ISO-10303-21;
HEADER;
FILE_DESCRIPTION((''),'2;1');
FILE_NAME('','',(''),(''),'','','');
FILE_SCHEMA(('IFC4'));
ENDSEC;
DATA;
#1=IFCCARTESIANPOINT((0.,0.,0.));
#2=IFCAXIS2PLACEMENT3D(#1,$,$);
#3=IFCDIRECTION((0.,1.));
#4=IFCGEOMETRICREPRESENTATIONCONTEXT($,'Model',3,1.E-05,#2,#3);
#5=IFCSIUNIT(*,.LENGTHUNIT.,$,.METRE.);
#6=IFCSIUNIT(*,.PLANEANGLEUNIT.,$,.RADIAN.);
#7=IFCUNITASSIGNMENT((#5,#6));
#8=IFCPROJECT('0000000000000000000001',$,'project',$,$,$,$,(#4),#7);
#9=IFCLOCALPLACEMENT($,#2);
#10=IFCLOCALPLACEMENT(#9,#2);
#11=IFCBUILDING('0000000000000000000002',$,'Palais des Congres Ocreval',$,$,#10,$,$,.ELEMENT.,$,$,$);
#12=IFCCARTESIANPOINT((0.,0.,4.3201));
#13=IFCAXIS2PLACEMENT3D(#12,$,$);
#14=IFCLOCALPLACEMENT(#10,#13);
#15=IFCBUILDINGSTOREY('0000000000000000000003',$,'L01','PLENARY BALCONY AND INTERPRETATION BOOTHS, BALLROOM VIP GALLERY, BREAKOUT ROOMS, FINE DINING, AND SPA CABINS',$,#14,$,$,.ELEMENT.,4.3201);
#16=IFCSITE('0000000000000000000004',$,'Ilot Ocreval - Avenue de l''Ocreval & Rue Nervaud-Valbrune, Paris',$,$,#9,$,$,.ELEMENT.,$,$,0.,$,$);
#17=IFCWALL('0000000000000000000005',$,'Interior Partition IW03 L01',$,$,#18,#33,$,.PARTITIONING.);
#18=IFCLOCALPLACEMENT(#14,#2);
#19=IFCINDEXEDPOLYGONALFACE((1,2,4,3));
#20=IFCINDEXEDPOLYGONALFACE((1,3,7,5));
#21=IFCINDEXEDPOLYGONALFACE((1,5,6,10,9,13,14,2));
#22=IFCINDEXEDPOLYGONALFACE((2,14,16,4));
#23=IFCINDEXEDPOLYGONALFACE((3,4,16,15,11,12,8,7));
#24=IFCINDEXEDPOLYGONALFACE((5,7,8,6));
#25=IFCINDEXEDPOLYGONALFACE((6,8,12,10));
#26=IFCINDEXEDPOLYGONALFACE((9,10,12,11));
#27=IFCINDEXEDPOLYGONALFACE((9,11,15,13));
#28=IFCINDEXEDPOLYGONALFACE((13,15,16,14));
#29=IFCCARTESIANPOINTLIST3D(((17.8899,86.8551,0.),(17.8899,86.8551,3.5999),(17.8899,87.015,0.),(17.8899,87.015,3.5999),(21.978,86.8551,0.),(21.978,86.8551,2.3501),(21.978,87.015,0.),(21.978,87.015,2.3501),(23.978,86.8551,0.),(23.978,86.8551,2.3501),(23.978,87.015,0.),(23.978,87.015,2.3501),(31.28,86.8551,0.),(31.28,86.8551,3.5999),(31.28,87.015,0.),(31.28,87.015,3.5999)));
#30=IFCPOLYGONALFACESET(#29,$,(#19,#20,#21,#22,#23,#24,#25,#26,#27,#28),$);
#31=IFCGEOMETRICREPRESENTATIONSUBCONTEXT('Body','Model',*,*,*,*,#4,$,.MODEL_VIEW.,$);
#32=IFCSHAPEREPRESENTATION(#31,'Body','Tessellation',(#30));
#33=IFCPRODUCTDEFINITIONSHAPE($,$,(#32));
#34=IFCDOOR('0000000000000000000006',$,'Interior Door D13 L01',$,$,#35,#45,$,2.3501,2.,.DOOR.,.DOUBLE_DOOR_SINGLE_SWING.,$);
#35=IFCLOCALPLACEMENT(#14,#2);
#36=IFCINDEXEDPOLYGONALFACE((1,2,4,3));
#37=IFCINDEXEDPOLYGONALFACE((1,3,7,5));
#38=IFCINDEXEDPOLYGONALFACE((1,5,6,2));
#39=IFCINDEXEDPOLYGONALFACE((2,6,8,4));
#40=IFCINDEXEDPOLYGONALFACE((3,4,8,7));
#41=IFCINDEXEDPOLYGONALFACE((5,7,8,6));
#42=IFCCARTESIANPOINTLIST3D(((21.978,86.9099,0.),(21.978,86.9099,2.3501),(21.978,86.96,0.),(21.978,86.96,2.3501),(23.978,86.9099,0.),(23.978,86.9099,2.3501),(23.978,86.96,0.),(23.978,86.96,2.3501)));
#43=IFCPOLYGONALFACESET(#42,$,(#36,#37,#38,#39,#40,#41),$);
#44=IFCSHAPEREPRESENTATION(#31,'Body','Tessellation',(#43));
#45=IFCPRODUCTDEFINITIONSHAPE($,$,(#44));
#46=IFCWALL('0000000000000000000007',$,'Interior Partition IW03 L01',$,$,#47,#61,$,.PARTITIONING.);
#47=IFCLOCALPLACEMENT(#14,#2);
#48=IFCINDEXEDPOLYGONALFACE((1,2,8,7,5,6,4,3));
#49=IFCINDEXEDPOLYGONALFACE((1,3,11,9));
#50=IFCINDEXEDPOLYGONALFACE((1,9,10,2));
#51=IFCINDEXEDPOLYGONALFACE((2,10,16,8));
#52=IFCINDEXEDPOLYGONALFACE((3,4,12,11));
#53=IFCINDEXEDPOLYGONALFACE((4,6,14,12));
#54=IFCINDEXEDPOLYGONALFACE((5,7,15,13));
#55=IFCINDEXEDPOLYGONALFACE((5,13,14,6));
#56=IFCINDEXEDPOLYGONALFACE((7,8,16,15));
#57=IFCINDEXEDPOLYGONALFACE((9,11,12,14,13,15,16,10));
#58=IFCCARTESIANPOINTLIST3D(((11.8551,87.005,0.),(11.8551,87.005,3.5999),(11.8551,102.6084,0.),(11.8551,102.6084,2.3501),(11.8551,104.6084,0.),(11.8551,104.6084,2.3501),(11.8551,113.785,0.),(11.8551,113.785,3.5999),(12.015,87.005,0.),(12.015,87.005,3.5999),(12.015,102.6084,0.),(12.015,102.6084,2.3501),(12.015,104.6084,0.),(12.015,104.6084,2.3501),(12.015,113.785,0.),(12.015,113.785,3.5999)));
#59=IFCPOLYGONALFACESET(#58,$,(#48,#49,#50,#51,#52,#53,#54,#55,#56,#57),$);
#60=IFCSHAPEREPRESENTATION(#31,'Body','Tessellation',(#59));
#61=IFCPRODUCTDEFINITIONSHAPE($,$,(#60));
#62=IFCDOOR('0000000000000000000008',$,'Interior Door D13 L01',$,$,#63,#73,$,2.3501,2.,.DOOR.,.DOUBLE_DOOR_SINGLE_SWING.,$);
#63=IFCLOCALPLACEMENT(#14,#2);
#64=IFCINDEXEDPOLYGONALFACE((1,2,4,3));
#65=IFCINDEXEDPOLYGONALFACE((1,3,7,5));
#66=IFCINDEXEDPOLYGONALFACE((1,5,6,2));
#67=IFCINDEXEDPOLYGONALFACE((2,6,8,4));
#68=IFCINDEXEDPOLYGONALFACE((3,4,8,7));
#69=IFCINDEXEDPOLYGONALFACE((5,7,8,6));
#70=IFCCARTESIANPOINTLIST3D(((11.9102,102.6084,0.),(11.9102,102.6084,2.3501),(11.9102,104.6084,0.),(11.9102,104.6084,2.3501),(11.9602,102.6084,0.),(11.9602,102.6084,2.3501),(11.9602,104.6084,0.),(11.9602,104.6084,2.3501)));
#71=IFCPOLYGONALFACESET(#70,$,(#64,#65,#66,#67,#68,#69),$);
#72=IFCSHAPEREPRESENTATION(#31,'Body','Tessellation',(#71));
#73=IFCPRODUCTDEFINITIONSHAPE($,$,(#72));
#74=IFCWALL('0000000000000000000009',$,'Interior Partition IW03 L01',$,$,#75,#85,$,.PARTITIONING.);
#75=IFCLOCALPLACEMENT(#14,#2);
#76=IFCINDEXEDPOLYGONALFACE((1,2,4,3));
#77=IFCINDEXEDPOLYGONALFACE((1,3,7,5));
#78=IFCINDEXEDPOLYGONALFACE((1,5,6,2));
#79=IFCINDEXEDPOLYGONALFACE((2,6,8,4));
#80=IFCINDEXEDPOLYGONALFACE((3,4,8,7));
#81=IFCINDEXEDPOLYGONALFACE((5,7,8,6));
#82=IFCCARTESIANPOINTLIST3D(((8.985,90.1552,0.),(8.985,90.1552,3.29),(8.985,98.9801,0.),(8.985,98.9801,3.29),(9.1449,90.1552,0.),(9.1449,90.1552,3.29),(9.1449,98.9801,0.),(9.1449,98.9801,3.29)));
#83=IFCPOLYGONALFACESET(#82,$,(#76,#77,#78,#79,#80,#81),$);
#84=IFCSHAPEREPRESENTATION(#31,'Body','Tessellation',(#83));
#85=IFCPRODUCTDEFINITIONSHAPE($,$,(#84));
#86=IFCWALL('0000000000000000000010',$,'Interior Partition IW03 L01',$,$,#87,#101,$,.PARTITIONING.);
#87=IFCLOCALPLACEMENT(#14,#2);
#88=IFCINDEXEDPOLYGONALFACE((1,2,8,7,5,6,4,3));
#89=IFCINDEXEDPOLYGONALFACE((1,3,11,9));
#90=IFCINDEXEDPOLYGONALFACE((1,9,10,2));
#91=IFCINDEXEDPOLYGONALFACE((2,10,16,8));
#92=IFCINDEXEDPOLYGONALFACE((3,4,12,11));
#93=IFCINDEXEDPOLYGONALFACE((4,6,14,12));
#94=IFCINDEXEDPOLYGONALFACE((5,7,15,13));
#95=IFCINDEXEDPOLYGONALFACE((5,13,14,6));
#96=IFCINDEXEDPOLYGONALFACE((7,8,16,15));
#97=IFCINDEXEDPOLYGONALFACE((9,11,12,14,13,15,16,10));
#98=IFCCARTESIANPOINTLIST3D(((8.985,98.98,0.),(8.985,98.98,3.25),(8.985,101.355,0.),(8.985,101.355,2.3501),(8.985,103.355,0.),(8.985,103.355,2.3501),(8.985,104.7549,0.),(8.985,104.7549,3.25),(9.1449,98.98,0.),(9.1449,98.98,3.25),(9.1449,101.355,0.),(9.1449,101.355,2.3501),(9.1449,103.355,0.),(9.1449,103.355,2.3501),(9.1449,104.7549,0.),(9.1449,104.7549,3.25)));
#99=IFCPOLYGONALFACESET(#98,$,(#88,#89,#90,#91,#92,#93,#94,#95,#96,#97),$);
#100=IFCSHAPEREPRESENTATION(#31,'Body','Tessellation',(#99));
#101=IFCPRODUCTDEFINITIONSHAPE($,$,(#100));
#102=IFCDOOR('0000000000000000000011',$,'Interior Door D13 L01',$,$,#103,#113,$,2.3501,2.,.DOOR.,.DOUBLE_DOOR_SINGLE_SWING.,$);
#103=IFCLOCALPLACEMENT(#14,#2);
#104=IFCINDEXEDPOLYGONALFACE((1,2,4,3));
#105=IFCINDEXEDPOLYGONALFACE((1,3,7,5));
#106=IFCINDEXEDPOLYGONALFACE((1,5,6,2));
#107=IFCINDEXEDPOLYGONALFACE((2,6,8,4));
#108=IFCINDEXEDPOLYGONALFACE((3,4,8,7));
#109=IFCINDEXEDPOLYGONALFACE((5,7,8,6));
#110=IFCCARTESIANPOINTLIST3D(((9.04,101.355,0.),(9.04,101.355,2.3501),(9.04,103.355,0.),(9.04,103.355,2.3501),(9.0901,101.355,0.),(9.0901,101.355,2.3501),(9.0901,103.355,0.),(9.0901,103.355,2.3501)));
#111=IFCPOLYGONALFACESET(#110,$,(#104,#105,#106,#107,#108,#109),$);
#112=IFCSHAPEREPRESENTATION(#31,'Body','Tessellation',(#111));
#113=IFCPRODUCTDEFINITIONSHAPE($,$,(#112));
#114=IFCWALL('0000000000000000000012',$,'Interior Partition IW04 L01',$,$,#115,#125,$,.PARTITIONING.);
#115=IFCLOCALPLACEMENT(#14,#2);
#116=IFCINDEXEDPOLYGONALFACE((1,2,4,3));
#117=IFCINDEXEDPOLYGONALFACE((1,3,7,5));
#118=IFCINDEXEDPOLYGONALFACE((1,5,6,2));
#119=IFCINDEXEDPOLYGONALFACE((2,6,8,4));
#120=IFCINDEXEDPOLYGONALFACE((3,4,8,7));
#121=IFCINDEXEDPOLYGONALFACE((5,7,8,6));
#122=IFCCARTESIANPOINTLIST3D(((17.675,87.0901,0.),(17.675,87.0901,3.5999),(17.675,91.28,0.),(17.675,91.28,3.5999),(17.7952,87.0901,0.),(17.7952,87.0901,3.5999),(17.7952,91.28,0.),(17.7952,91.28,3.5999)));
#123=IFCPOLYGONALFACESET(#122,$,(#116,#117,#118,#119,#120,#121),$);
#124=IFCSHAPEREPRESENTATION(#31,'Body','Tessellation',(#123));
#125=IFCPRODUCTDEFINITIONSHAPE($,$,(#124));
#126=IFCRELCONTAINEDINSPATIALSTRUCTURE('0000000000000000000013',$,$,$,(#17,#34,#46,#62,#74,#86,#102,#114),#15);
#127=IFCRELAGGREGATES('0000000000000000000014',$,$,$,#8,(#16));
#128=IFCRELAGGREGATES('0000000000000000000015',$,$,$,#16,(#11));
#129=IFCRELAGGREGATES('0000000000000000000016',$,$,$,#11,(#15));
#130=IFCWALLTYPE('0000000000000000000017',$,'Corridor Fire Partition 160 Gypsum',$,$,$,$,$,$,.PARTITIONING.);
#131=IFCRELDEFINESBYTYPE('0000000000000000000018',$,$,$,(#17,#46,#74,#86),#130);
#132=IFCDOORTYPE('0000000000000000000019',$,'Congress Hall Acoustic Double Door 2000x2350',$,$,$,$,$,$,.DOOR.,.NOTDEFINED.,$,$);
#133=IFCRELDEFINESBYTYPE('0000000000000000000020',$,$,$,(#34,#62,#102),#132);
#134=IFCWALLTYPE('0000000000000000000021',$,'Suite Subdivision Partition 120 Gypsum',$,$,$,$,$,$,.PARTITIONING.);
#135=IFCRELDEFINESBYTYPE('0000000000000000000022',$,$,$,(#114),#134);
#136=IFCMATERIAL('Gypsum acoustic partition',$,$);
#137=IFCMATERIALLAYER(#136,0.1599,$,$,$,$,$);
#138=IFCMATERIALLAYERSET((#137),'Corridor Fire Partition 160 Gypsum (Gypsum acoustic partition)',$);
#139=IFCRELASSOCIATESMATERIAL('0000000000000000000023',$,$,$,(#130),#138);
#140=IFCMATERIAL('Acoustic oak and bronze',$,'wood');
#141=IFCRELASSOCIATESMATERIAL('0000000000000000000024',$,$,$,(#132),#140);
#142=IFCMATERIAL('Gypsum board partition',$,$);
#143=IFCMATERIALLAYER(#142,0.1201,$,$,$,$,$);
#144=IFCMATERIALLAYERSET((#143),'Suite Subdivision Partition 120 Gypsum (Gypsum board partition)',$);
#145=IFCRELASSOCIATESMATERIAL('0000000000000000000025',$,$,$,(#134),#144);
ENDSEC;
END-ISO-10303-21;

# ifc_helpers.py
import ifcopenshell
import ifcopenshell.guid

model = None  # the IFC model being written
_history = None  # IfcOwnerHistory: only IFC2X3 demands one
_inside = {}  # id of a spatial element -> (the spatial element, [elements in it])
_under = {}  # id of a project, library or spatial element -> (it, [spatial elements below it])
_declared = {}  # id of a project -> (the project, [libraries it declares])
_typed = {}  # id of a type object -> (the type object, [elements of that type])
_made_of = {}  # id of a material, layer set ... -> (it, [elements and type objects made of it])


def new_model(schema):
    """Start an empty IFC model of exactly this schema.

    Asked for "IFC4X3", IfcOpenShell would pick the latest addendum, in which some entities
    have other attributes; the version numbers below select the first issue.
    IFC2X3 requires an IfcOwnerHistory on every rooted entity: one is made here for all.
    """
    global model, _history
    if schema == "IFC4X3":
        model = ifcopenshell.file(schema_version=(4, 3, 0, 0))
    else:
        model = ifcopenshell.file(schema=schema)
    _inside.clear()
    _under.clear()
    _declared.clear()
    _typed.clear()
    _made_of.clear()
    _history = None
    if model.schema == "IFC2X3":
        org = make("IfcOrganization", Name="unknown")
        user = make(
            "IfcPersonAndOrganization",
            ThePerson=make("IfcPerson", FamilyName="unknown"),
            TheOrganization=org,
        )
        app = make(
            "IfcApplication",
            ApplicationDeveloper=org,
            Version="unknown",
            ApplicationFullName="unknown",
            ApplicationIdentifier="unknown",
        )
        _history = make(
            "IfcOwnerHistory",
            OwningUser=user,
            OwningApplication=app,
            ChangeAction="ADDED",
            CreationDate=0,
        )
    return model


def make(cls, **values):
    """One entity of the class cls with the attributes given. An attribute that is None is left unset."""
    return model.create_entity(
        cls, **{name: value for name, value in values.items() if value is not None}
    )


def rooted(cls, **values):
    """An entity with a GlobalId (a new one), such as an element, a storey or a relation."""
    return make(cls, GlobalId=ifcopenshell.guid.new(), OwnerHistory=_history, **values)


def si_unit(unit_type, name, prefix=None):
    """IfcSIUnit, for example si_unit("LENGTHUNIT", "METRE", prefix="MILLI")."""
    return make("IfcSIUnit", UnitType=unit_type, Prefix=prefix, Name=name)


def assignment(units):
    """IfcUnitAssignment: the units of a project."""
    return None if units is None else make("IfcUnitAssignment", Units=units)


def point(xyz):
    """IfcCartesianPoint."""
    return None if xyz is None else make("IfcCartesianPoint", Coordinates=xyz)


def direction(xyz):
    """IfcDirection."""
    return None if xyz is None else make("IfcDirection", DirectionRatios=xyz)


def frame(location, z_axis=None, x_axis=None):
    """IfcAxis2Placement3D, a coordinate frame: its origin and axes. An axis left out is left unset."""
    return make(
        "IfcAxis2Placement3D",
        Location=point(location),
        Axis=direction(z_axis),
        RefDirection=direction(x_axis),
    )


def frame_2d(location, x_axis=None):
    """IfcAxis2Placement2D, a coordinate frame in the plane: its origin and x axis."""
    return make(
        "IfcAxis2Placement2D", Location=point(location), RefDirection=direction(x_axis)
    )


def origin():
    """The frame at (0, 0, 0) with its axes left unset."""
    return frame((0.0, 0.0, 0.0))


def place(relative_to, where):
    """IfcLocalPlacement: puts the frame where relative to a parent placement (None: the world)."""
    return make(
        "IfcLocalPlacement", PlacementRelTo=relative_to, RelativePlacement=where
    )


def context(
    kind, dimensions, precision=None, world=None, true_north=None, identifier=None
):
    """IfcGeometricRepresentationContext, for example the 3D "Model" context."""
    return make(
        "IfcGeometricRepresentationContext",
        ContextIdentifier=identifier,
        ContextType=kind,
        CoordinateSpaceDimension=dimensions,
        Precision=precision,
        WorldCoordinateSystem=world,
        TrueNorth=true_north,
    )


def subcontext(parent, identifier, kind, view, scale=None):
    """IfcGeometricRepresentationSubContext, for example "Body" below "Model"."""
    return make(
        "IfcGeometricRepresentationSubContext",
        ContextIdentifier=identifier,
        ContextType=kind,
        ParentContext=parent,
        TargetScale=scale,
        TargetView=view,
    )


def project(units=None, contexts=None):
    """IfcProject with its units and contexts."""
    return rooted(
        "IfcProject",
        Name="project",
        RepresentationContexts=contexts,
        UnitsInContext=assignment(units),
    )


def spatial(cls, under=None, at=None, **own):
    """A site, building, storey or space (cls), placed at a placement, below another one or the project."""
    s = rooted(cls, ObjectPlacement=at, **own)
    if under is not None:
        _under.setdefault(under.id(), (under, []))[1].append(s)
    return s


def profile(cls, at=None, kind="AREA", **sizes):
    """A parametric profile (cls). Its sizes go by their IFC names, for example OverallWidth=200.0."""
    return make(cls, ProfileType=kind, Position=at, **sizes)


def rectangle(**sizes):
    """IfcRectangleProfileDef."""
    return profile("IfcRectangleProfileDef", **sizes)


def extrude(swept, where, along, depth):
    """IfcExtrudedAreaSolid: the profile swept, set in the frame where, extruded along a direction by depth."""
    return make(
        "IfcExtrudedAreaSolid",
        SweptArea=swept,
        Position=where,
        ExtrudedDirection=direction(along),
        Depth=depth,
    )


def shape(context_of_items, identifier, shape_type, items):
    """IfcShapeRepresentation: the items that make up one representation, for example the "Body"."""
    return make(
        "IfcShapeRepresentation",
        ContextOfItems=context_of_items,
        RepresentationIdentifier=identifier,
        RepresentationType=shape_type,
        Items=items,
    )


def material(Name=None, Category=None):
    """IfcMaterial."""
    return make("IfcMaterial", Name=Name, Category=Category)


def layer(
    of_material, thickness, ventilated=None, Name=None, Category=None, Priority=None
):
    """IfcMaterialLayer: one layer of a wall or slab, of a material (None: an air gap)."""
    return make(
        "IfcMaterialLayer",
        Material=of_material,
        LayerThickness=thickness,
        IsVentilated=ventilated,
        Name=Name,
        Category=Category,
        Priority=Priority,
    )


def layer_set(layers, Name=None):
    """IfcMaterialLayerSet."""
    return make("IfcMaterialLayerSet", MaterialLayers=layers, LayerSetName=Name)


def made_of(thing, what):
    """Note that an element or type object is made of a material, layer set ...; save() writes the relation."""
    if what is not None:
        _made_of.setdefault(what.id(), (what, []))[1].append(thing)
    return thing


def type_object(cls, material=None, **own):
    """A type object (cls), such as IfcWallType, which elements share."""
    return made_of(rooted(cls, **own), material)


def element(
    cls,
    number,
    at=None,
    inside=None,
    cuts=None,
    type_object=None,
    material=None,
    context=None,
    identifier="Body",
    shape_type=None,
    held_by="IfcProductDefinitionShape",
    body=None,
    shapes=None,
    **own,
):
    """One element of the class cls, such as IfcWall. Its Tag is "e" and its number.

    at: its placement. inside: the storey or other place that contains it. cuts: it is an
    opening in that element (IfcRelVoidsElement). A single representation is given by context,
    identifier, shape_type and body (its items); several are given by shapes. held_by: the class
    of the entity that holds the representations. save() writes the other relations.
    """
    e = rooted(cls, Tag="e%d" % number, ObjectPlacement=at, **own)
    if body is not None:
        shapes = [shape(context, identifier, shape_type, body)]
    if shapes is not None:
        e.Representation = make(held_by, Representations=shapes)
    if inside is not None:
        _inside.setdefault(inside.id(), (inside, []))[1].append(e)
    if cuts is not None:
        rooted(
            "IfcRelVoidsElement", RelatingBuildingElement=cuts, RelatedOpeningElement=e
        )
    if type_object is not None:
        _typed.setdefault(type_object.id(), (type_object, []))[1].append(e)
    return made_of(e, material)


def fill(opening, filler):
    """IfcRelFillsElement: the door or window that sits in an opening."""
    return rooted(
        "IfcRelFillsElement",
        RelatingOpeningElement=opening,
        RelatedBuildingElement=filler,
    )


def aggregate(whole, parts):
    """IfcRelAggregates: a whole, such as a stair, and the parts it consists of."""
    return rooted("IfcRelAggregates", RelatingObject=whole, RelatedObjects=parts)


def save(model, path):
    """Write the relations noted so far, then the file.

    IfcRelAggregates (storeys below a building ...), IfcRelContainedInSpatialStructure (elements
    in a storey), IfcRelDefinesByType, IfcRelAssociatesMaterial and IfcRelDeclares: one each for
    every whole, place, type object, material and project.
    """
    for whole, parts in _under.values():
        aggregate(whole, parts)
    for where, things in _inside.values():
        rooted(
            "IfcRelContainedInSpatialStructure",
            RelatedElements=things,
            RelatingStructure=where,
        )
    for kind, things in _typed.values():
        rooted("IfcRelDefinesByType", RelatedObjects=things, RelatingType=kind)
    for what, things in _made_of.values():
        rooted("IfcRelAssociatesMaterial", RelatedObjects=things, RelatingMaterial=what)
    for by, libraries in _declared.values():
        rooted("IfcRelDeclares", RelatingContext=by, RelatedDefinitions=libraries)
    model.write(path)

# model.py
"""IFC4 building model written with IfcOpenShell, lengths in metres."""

from ifc_helpers import new_model, si_unit, direction, frame, frame_2d, origin, place, context, subcontext, project, spatial, rectangle, extrude, material, layer, layer_set, type_object, element, fill, save


model = new_model("IFC4")

# Units and contexts
model_context = context("Model", 3, precision=1e-05, world=origin(), true_north=direction((0.0, 1.0)))
body_context = subcontext(model_context, "Body", "Model", "MODEL_VIEW")
ifc_project = project(units=[si_unit("LENGTHUNIT", "METRE"), si_unit("PLANEANGLEUNIT", "RADIAN")], contexts=[model_context])

# Site, building, storey
site_placement = place(None, origin())
site = spatial("IfcSite", under=ifc_project, at=site_placement, Name="Ilot Ocreval - Avenue de l'Ocreval & Rue Nervaud-Valbrune, Paris", CompositionType="ELEMENT", RefElevation=0.0)
building_placement = place(site_placement, origin())
building = spatial("IfcBuilding", under=site, at=building_placement, Name="Palais des Congres Ocreval", CompositionType="ELEMENT")
storey_placement = place(building_placement, frame((0.0, 0.0, 4.3201)))
storey = spatial("IfcBuildingStorey", under=building, at=storey_placement, Name="L01", Description="PLENARY BALCONY AND INTERPRETATION BOOTHS, BALLROOM VIP GALLERY, BREAKOUT ROOMS, FINE DINING, AND SPA CABINS", CompositionType="ELEMENT", Elevation=4.3201)

# Shared definitions
ifc_material_1 = material(Name="Gypsum acoustic partition")
ifc_layer_1 = layer(ifc_material_1, 0.1599)
ifc_layer_set_1 = layer_set([ifc_layer_1], Name="Corridor Fire Partition 160 Gypsum (Gypsum acoustic partition)")
wall_type_1 = type_object("IfcWallType", Name="Corridor Fire Partition 160 Gypsum", PredefinedType="PARTITIONING", material=ifc_layer_set_1)

# Walls, openings, doors
wall_1_placement = place(storey_placement, frame((17.8899, 86.9351, 0.0), z_axis=(0.0, 0.0, 1.0), x_axis=(1.0, 0.0, 0.0)))
wall_1 = element("IfcWall", 1, at=wall_1_placement, inside=storey, type_object=wall_type_1, Name="Interior Partition IW03 L01", PredefinedType="PARTITIONING", context=body_context, shape_type="SweptSolid", body=[
    extrude(rectangle(XDim=13.3901, YDim=0.1599, at=frame_2d((6.6951, 0.0))), origin(), (0.0, 0.0, 1.0), 3.5999),
])
opening_1_placement = place(wall_1_placement, frame((4.0881, 0.0, 0.0)))
opening_1 = element("IfcOpeningElement", 2, at=opening_1_placement, cuts=wall_1, PredefinedType="OPENING", context=body_context, shape_type="SweptSolid", body=[
    extrude(rectangle(XDim=2.0, YDim=2.3501, at=frame_2d((1.0, 1.175))), frame((0.0, 0.0898, 0.0), z_axis=(0.0, -1.0, 0.0), x_axis=(1.0, 0.0, 0.0)), (0.0, 0.0, 1.0), 0.1799),
])
ifc_material_2 = material(Name="Acoustic oak and bronze", Category="wood")
door_type_1 = type_object("IfcDoorType", Name="Congress Hall Acoustic Double Door 2000x2350", OperationType="NOTDEFINED", PredefinedType="DOOR", material=ifc_material_2)
door_1_placement = place(opening_1_placement, origin())
door_1 = element("IfcDoor", 3, at=door_1_placement, inside=storey, type_object=door_type_1, Name="Interior Door D13 L01", OperationType="DOUBLE_DOOR_SINGLE_SWING", OverallHeight=2.3501, OverallWidth=2.0, PredefinedType="DOOR", context=body_context, shape_type="SweptSolid", body=[
    extrude(rectangle(XDim=2.0, YDim=2.3501, at=frame_2d((1.0, 1.175))), frame((0.0, 0.0249, 0.0), z_axis=(0.0, -1.0, 0.0), x_axis=(1.0, 0.0, 0.0)), (0.0, 0.0, 1.0), 0.05),
])
fill(opening_1, door_1)
wall_2_placement = place(storey_placement, frame((11.9351, 87.0049, 0.0), z_axis=(0.0, 0.0, 1.0), x_axis=(0.0, 1.0, 0.0)))
wall_2 = element("IfcWall", 4, at=wall_2_placement, inside=storey, type_object=wall_type_1, Name="Interior Partition IW03 L01", PredefinedType="PARTITIONING", context=body_context, shape_type="SweptSolid", body=[
    extrude(rectangle(XDim=26.78, YDim=0.1599, at=frame_2d((13.3901, 0.0))), origin(), (0.0, 0.0, 1.0), 3.5999),
])
opening_2_placement = place(wall_2_placement, frame((15.6035, 0.0, 0.0)))
opening_2 = element("IfcOpeningElement", 5, at=opening_2_placement, cuts=wall_2, PredefinedType="OPENING", context=body_context, shape_type="SweptSolid", body=[
    extrude(rectangle(XDim=2.0, YDim=2.3501, at=frame_2d((1.0, 1.175))), frame((0.0, 0.0898, 0.0), z_axis=(0.0, -1.0, 0.0), x_axis=(1.0, 0.0, 0.0)), (0.0, 0.0, 1.0), 0.1799),
])
door_2_placement = place(opening_2_placement, origin())
door_2 = element("IfcDoor", 6, at=door_2_placement, inside=storey, type_object=door_type_1, Name="Interior Door D13 L01", OperationType="DOUBLE_DOOR_SINGLE_SWING", OverallHeight=2.3501, OverallWidth=2.0, PredefinedType="DOOR", context=body_context, shape_type="SweptSolid", body=[
    extrude(rectangle(XDim=2.0, YDim=2.3501, at=frame_2d((1.0, 1.175))), frame((0.0, 0.0249, 0.0), z_axis=(0.0, -1.0, 0.0), x_axis=(1.0, 0.0, 0.0)), (0.0, 0.0, 1.0), 0.05),
])
fill(opening_2, door_2)

# Wall
wall_3_placement = place(storey_placement, frame((9.0649, 90.155, 0.0), z_axis=(0.0, 0.0, 1.0), x_axis=(0.0, 1.0, 0.0)))
element("IfcWall", 7, at=wall_3_placement, inside=storey, type_object=wall_type_1, Name="Interior Partition IW03 L01", PredefinedType="PARTITIONING", context=body_context, shape_type="SweptSolid", body=[
    extrude(rectangle(XDim=8.825, YDim=0.1599, at=frame_2d((4.4126, 0.0))), origin(), (0.0, 0.0, 1.0), 3.29),
])

# Wall, opening, door
wall_4_placement = place(storey_placement, frame((9.0649, 98.98, 0.0), z_axis=(0.0, 0.0, 1.0), x_axis=(0.0, 1.0, 0.0)))
wall_4 = element("IfcWall", 8, at=wall_4_placement, inside=storey, type_object=wall_type_1, Name="Interior Partition IW03 L01", PredefinedType="PARTITIONING", context=body_context, shape_type="SweptSolid", body=[
    extrude(rectangle(XDim=5.7749, YDim=0.1599, at=frame_2d((2.8875, 0.0))), origin(), (0.0, 0.0, 1.0), 3.25),
])
opening_3_placement = place(wall_4_placement, frame((2.375, 0.0, 0.0)))
opening_3 = element("IfcOpeningElement", 9, at=opening_3_placement, cuts=wall_4, PredefinedType="OPENING", context=body_context, shape_type="SweptSolid", body=[
    extrude(rectangle(XDim=2.0, YDim=2.3501, at=frame_2d((1.0, 1.175))), frame((0.0, 0.0898, 0.0), z_axis=(0.0, -1.0, 0.0), x_axis=(1.0, 0.0, 0.0)), (0.0, 0.0, 1.0), 0.1799),
])
door_3_placement = place(opening_3_placement, origin())
door_3 = element("IfcDoor", 10, at=door_3_placement, inside=storey, type_object=door_type_1, Name="Interior Door D13 L01", OperationType="DOUBLE_DOOR_SINGLE_SWING", OverallHeight=2.3501, OverallWidth=2.0, PredefinedType="DOOR", context=body_context, shape_type="SweptSolid", body=[
    extrude(rectangle(XDim=2.0, YDim=2.3501, at=frame_2d((1.0, 1.175))), frame((0.0, 0.0249, 0.0), z_axis=(0.0, -1.0, 0.0), x_axis=(1.0, 0.0, 0.0)), (0.0, 0.0, 1.0), 0.05),
])
fill(opening_3, door_3)

# Wall
ifc_material_3 = material(Name="Gypsum board partition")
ifc_layer_2 = layer(ifc_material_3, 0.1201)
ifc_layer_set_2 = layer_set([ifc_layer_2], Name="Suite Subdivision Partition 120 Gypsum (Gypsum board partition)")
wall_type_2 = type_object("IfcWallType", Name="Suite Subdivision Partition 120 Gypsum", PredefinedType="PARTITIONING", material=ifc_layer_set_2)
wall_5_placement = place(storey_placement, frame((17.7351, 87.0901, 0.0), z_axis=(0.0, 0.0, 1.0), x_axis=(0.0, 1.0, 0.0)))
element("IfcWall", 11, at=wall_5_placement, inside=storey, type_object=wall_type_2, Name="Interior Partition IW04 L01", PredefinedType="PARTITIONING", context=body_context, shape_type="SweptSolid", body=[
    extrude(rectangle(XDim=4.1899, YDim=0.1201, at=frame_2d((2.095, 0.0))), origin(), (0.0, 0.0, 1.0), 3.5999),
])

save(model, "model.ifc")
